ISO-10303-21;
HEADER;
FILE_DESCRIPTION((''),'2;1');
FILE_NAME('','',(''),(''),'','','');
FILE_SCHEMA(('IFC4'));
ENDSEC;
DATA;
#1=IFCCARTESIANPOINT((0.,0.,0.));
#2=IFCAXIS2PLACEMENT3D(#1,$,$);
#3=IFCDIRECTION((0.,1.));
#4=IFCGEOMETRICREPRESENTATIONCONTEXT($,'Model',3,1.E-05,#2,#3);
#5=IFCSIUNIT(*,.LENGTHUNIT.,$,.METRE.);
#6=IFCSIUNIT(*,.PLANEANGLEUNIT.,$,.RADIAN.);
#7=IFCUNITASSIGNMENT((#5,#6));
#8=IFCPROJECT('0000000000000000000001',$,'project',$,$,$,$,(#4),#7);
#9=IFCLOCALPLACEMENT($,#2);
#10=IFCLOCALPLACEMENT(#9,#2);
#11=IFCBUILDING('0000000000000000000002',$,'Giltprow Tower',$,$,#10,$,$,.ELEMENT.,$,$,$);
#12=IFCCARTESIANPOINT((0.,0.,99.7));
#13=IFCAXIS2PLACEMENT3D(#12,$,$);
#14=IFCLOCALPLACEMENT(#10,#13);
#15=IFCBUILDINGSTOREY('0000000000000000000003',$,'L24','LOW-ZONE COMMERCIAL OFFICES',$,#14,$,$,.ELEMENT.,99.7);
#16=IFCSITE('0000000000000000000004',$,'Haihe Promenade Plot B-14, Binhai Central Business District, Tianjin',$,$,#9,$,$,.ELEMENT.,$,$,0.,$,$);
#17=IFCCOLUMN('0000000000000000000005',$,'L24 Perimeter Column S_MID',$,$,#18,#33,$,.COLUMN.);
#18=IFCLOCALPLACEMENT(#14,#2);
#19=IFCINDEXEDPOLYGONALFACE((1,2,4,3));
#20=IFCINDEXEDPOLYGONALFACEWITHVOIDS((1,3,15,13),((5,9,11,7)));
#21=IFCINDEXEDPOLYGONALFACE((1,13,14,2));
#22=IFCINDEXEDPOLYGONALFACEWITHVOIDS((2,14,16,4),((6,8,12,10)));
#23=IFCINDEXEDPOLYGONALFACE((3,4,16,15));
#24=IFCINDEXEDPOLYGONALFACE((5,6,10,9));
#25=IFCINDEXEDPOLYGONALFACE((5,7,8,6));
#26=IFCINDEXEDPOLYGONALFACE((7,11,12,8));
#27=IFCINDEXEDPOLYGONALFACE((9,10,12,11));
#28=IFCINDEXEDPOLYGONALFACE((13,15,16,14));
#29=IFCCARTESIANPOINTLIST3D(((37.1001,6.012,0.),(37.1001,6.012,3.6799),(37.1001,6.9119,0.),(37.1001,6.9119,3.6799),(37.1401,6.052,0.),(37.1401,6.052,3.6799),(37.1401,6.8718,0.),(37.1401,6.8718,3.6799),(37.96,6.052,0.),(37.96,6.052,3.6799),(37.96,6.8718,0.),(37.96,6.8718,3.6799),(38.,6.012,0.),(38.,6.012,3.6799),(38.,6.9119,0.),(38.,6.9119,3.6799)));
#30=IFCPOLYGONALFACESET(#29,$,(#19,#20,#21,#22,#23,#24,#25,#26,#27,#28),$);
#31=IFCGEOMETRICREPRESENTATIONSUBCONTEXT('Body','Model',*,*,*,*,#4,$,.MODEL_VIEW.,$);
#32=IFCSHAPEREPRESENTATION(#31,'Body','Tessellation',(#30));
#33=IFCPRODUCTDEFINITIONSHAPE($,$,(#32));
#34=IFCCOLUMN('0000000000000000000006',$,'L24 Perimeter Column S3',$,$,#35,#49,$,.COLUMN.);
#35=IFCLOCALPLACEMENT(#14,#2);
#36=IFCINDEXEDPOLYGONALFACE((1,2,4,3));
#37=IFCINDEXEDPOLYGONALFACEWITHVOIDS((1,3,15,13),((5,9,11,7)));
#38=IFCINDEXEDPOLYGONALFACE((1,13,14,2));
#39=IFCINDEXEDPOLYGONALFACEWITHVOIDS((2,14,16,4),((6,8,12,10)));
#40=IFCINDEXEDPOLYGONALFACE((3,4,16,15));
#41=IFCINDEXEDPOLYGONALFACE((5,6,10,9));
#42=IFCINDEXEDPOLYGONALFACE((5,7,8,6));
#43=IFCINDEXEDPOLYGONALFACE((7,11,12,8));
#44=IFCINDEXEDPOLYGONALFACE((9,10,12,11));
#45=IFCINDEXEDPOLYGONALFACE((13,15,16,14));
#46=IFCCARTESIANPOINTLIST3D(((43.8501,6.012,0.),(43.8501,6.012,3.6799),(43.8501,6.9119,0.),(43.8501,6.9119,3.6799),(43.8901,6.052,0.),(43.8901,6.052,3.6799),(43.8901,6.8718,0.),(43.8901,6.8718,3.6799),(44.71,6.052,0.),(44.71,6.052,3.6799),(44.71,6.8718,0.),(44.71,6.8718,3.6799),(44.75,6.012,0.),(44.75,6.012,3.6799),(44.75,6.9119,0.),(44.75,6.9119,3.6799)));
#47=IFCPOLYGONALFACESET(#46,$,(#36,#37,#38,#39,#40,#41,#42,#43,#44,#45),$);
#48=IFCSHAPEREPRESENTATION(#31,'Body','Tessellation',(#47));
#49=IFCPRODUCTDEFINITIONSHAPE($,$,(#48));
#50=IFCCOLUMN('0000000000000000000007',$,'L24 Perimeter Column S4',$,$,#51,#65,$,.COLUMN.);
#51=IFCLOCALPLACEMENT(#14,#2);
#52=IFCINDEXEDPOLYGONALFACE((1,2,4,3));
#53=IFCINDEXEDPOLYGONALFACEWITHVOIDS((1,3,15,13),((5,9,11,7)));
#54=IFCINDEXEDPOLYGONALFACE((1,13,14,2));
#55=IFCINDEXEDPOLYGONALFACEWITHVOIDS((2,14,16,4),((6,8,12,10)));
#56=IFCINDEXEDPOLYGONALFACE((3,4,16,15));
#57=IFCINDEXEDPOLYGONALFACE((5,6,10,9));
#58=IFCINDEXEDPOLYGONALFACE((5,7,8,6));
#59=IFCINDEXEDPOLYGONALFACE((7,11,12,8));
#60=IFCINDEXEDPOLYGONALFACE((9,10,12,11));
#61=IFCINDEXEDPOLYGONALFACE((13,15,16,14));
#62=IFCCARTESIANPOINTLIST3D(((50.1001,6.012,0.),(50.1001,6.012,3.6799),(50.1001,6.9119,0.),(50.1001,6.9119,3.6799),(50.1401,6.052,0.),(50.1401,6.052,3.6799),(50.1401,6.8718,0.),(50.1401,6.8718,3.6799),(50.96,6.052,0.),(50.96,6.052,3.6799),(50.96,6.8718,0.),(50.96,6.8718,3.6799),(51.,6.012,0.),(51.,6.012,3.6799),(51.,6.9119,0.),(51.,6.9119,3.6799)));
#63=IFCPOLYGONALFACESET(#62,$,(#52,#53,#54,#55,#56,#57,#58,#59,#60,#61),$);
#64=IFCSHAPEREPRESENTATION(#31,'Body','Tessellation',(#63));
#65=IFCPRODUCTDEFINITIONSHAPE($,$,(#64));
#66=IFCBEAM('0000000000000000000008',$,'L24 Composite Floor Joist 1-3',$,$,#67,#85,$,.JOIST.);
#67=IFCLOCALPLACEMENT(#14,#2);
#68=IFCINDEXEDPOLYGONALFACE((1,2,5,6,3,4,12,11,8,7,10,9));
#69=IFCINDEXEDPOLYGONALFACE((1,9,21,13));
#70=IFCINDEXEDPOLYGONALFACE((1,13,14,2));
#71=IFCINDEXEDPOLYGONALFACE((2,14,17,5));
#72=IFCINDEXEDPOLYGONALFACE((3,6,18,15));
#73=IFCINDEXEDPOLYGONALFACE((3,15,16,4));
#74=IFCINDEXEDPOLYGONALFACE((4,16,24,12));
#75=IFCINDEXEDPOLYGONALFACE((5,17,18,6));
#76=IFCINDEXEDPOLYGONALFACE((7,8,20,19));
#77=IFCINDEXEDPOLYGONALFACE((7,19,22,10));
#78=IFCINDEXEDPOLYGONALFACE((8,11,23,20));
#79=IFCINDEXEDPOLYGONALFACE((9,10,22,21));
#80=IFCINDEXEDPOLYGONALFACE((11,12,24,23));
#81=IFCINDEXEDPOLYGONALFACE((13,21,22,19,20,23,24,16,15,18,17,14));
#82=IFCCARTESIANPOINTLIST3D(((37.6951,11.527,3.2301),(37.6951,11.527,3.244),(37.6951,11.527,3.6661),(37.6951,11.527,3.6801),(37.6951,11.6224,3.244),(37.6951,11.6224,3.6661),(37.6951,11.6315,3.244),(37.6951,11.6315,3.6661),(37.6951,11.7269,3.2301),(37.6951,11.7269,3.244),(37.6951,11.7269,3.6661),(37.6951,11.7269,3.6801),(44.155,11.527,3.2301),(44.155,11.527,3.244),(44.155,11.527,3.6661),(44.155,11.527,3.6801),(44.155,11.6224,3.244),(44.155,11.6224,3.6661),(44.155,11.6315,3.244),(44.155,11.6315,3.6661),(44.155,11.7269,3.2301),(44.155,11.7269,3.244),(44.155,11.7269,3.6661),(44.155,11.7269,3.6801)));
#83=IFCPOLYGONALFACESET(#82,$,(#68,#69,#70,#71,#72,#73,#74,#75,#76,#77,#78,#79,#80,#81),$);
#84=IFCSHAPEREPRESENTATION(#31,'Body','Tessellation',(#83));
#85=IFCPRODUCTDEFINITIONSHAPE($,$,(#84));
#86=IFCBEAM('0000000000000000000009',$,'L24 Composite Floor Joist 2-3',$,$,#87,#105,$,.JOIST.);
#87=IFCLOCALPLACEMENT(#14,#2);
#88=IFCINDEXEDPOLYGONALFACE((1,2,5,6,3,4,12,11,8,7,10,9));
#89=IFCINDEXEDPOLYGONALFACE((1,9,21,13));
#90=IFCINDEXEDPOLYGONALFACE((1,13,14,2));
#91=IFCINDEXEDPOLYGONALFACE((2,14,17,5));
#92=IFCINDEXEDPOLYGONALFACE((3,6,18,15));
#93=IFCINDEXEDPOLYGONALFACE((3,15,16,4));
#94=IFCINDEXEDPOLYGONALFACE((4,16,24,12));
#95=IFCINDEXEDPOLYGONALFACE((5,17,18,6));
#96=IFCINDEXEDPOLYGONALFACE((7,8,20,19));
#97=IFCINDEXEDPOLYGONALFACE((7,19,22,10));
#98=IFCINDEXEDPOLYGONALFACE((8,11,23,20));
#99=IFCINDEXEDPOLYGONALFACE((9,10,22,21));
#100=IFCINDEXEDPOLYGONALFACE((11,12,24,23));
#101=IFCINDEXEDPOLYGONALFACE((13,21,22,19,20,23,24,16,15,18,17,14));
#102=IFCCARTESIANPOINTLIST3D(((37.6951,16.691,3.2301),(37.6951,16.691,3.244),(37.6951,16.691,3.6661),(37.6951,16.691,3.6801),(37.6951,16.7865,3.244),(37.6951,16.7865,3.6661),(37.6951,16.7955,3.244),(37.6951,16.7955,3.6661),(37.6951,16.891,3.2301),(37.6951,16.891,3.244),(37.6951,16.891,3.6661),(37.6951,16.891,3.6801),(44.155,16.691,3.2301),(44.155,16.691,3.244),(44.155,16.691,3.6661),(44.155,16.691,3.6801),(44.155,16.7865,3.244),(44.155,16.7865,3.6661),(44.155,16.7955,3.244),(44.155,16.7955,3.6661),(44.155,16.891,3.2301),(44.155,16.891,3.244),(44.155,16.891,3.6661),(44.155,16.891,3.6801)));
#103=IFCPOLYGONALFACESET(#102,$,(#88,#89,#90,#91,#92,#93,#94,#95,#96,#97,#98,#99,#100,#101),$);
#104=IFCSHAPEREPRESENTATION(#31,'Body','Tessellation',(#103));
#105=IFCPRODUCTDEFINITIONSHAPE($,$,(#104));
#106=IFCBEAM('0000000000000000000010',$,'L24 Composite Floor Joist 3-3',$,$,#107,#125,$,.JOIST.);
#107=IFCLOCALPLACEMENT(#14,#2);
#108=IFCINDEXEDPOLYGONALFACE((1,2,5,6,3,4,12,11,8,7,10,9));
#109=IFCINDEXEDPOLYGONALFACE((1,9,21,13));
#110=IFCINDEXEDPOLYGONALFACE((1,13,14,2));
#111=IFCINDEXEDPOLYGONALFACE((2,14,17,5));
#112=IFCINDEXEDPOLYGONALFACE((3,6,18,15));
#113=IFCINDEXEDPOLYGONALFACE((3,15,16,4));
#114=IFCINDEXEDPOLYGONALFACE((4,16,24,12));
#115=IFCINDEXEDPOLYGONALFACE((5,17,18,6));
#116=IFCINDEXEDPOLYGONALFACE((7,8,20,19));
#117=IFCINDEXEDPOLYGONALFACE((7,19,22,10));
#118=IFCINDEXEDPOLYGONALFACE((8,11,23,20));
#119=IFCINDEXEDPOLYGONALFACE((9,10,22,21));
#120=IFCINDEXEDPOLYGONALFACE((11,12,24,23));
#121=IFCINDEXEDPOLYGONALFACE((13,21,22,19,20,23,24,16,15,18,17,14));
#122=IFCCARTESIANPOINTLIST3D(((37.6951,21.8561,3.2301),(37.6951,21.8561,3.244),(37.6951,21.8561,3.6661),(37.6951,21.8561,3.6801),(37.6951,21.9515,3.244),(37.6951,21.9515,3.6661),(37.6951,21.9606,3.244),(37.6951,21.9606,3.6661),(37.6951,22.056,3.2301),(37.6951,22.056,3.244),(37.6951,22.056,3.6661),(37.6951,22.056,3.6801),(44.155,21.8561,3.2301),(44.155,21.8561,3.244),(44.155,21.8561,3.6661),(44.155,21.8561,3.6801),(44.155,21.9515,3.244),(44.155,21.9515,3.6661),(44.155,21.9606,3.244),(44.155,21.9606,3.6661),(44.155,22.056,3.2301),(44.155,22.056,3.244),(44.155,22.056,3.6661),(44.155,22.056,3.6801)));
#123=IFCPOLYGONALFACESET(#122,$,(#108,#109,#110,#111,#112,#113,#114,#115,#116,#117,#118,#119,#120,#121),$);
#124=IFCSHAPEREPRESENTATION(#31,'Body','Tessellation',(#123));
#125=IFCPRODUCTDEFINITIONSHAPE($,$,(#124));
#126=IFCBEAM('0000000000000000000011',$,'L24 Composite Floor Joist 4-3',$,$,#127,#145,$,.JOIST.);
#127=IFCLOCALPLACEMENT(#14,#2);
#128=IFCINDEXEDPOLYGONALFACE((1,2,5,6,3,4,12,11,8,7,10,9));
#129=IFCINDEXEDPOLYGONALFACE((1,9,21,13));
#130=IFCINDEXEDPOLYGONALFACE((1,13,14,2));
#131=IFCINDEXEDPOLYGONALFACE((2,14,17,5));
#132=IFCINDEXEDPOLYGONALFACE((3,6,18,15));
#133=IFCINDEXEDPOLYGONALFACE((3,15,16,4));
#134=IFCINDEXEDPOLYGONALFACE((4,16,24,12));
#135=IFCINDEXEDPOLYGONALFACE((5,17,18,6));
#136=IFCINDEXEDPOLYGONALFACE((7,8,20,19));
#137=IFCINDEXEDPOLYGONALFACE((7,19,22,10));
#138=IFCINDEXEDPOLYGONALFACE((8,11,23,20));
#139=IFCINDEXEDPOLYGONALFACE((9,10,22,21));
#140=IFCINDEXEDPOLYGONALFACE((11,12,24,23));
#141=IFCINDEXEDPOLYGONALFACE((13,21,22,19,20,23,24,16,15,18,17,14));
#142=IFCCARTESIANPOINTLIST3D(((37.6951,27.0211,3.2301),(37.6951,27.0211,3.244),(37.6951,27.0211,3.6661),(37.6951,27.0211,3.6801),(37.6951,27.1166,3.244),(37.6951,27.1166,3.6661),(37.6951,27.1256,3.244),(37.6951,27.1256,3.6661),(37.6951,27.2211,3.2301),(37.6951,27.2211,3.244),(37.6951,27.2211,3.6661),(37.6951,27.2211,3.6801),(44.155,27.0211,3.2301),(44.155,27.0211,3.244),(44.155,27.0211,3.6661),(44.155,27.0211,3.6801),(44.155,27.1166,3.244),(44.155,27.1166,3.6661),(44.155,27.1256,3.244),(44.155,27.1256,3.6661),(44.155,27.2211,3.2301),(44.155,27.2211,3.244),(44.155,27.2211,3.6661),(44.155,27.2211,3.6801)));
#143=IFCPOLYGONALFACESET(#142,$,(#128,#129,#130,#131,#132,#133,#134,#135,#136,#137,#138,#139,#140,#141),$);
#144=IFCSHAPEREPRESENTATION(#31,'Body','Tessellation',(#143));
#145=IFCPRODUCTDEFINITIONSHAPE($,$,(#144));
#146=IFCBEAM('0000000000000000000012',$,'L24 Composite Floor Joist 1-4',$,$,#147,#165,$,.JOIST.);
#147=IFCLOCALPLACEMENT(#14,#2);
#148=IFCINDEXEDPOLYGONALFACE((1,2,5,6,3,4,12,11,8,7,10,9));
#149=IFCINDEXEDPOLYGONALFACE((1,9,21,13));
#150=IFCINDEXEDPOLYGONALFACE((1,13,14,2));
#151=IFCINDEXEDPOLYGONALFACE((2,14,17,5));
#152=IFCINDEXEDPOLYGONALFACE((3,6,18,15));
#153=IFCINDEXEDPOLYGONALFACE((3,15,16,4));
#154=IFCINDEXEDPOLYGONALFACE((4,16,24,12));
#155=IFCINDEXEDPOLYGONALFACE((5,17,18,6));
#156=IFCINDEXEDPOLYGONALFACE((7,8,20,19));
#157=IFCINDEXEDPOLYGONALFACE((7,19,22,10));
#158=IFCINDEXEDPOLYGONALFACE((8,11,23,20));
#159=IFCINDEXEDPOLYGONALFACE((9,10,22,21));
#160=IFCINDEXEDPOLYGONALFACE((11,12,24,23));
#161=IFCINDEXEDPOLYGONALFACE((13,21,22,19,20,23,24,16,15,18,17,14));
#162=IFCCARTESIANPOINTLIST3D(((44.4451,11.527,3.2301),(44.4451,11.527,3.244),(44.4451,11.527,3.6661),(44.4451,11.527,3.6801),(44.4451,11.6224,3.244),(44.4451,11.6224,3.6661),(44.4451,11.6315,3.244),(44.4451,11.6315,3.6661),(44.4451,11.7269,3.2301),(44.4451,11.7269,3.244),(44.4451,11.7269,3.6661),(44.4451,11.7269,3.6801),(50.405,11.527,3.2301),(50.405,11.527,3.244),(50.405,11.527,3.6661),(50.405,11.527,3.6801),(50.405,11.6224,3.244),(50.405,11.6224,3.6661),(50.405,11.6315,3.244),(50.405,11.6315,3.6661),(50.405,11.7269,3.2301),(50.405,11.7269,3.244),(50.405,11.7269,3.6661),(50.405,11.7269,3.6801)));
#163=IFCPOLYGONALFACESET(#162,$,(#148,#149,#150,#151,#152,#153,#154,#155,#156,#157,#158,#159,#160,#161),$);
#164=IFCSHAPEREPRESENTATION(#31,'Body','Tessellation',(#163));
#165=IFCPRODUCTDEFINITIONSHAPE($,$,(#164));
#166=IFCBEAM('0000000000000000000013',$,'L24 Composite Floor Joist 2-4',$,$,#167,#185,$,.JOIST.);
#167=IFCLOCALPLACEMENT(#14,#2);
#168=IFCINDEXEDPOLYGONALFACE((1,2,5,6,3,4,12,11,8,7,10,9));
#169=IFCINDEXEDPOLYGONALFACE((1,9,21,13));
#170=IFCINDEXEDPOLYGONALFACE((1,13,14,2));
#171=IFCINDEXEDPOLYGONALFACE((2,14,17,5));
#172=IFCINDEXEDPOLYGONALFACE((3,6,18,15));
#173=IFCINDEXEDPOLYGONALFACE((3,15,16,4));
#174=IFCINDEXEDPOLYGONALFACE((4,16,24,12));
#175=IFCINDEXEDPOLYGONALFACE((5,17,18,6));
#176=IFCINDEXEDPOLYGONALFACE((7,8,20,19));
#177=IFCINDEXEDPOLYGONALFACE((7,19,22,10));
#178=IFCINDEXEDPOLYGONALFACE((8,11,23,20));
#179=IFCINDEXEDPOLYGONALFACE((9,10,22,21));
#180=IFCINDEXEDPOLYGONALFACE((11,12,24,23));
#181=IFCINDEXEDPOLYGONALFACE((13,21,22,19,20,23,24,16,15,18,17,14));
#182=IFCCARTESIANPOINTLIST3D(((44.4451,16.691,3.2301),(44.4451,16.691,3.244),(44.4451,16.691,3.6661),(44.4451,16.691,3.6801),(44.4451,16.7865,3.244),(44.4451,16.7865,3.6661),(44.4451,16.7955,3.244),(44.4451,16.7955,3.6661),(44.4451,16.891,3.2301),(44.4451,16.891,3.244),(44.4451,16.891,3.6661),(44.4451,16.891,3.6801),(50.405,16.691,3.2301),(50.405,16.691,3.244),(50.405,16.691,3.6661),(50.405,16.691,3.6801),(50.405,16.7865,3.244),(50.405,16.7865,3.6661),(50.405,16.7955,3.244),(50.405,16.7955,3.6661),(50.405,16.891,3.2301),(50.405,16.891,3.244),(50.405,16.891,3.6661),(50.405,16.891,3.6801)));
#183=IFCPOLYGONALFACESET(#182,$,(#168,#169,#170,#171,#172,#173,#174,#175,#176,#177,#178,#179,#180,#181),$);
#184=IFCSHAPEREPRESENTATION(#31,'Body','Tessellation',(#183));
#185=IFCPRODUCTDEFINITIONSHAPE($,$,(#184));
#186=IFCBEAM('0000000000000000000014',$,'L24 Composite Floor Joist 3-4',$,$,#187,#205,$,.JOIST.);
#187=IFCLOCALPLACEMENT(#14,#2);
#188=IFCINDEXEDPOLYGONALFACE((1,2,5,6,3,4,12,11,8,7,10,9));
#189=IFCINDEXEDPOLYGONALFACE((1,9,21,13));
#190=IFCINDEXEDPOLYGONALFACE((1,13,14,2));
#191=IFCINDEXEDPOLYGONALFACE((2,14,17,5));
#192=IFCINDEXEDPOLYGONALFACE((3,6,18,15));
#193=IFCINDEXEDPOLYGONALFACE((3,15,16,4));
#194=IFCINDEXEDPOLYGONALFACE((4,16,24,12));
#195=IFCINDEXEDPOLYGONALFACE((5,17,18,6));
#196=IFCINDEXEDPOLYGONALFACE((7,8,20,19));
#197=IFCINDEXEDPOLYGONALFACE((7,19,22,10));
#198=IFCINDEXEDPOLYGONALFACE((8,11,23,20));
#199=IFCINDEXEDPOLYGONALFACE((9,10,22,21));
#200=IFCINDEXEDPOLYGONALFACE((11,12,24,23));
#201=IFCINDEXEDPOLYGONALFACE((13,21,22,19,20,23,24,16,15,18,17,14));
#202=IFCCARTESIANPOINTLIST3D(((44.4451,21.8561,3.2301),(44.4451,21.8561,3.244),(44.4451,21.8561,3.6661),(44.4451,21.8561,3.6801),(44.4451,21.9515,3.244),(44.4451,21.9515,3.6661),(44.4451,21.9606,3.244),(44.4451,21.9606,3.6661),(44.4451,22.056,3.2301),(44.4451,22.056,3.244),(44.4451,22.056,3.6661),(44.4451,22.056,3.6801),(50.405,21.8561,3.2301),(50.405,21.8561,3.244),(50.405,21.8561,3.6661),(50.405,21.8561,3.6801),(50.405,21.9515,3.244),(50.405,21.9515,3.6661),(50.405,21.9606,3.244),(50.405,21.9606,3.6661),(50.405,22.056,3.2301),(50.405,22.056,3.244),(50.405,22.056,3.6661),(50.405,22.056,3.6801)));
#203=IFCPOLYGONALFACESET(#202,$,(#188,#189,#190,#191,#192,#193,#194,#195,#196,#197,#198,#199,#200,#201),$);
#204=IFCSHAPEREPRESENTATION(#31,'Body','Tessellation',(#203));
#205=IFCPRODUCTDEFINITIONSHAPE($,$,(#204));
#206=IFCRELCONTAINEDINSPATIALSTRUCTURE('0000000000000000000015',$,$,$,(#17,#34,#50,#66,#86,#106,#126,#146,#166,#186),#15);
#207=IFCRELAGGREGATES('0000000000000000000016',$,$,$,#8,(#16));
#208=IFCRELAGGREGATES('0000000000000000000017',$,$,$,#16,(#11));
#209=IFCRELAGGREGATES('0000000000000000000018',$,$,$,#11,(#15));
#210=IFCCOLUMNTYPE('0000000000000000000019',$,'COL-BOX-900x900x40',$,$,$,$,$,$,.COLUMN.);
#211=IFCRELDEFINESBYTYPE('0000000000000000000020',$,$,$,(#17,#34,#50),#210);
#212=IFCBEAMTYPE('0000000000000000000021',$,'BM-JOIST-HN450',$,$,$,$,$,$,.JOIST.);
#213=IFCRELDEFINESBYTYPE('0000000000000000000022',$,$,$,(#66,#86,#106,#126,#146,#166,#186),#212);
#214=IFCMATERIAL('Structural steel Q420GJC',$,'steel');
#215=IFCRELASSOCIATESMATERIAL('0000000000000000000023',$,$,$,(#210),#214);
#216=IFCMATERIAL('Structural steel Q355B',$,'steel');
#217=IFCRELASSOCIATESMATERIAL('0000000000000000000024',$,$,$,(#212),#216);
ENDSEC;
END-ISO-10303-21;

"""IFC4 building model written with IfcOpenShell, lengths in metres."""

from ifc_helpers import new_model, si_unit, direction, frame, origin, origin_2d, place, context, subcontext, project, spatial, hollow_rectangle, i_section, extrude, source, transform, mapped, material, material_profile, profile_set, type_object, element, save


model = new_model("IFC4")

# Units and contexts
model_context = context("Model", 3, precision=1e-05, world=origin(), true_north=direction((0.0, 1.0)))
body_context = subcontext(model_context, "Body", "Model", "MODEL_VIEW")
ifc_project = project(units=[si_unit("LENGTHUNIT", "METRE"), si_unit("PLANEANGLEUNIT", "RADIAN")], contexts=[model_context])

# Site, building, storey
site_placement = place(None, origin())
site = spatial("IfcSite", under=ifc_project, at=site_placement, Name="Haihe Promenade Plot B-14, Binhai Central Business District, Tianjin", CompositionType="ELEMENT", RefElevation=0.0)
building_placement = place(site_placement, origin())
building = spatial("IfcBuilding", under=site, at=building_placement, Name="Giltprow Tower", CompositionType="ELEMENT")
storey_placement = place(building_placement, frame((0.0, 0.0, 99.7)))
storey = spatial("IfcBuildingStorey", under=building, at=storey_placement, Name="L24", Description="LOW-ZONE COMMERCIAL OFFICES", CompositionType="ELEMENT", Elevation=99.7)

# Columns
ifc_material_1 = material(Name="Structural steel Q420GJC", Category="steel")
ifc_material_profile_1 = material_profile(ifc_material_1, hollow_rectangle(XDim=0.8999, YDim=0.8999, WallThickness=0.04, at=origin_2d()), Name="BOX 900x900x40")
ifc_profile_set_1 = profile_set([ifc_material_profile_1], Name="Structural steel Q420GJC")
column_type = type_object("IfcColumnType", Name="COL-BOX-900x900x40", PredefinedType="COLUMN", material=ifc_profile_set_1)
shared_shape_1 = source(origin(), body_context, "Body", "SweptSolid", [
    extrude(hollow_rectangle(XDim=0.8999, YDim=0.8999, WallThickness=0.04, at=origin_2d()), origin(), (0.0, 0.0, 1.0), 3.6799),
])
for number, where, z_axis, x_axis, name in (
    (1, (37.55, 6.4619, 0.0), (0.0, 0.0, 1.0), (1.0, 0.0, 0.0), "L24 Perimeter Column S_MID"),
    (2, (44.3, 6.4619, 0.0), (0.0, 0.0, 1.0), (1.0, 0.0, 0.0), "L24 Perimeter Column S3"),
    (3, (50.55, 6.4619, 0.0), (0.0, 0.0, 1.0), (1.0, 0.0, 0.0), "L24 Perimeter Column S4"),
):
    element("IfcColumn", number, at=place(storey_placement, frame(where, z_axis=z_axis, x_axis=x_axis)), inside=storey, type_object=column_type, Name=name, PredefinedType="COLUMN", context=body_context, shape_type="MappedRepresentation", body=[
        mapped(shared_shape_1, transform((0.0, 0.0, 0.0), x_axis=(1.0, 0.0, 0.0), y_axis=(0.0, 1.0, 0.0), z_axis=(0.0, 0.0, 1.0), scale=1.0)),
    ])

# Beams
ifc_material_2 = material(Name="Structural steel Q355B", Category="steel")
ifc_material_profile_2 = material_profile(ifc_material_2, i_section(OverallWidth=0.2, OverallDepth=0.45, WebThickness=0.009, FlangeThickness=0.0139, at=origin_2d()), Name="HN 450x200x9x14")
ifc_profile_set_2 = profile_set([ifc_material_profile_2], Name="Structural steel Q355B")
beam_type_1 = type_object("IfcBeamType", Name="BM-JOIST-HN450", PredefinedType="JOIST", material=ifc_profile_set_2)
shared_shape_2 = source(origin(), body_context, "Body", "SweptSolid", [
    extrude(i_section(OverallWidth=0.2, OverallDepth=0.45, WebThickness=0.009, FlangeThickness=0.0139, at=origin_2d()), origin(), (0.0, 0.0, 1.0), 6.46),
])
for number, where, z_axis, x_axis, name in (
    (4, (37.6951, 11.627, 3.4551), (1.0, 0.0, 0.0), (0.0, 1.0, 0.0), "L24 Composite Floor Joist 1-3"),
    (5, (37.6951, 16.791, 3.4551), (1.0, 0.0, 0.0), (0.0, 1.0, 0.0), "L24 Composite Floor Joist 2-3"),
    (6, (37.6951, 21.9561, 3.4551), (1.0, 0.0, 0.0), (0.0, 1.0, 0.0), "L24 Composite Floor Joist 3-3"),
    (7, (37.6951, 27.1211, 3.4551), (1.0, 0.0, 0.0), (0.0, 1.0, 0.0), "L24 Composite Floor Joist 4-3"),
):
    element("IfcBeam", number, at=place(storey_placement, frame(where, z_axis=z_axis, x_axis=x_axis)), inside=storey, type_object=beam_type_1, Name=name, PredefinedType="JOIST", context=body_context, shape_type="MappedRepresentation", body=[
        mapped(shared_shape_2, transform((0.0, 0.0, 0.0), x_axis=(1.0, 0.0, 0.0), y_axis=(0.0, 1.0, 0.0), z_axis=(0.0, 0.0, 1.0), scale=1.0)),
    ])
shared_shape_3 = source(origin(), body_context, "Body", "SweptSolid", [
    extrude(i_section(OverallWidth=0.2, OverallDepth=0.45, WebThickness=0.009, FlangeThickness=0.0139, at=origin_2d()), origin(), (0.0, 0.0, 1.0), 5.96),
])
for number, where, z_axis, x_axis, name in (
    (8, (44.4451, 11.627, 3.4551), (1.0, 0.0, 0.0), (0.0, 1.0, 0.0), "L24 Composite Floor Joist 1-4"),
    (9, (44.4451, 16.791, 3.4551), (1.0, 0.0, 0.0), (0.0, 1.0, 0.0), "L24 Composite Floor Joist 2-4"),
    (10, (44.4451, 21.9561, 3.4551), (1.0, 0.0, 0.0), (0.0, 1.0, 0.0), "L24 Composite Floor Joist 3-4"),
):
    element("IfcBeam", number, at=place(storey_placement, frame(where, z_axis=z_axis, x_axis=x_axis)), inside=storey, type_object=beam_type_1, Name=name, PredefinedType="JOIST", context=body_context, shape_type="MappedRepresentation", body=[
        mapped(shared_shape_3, transform((0.0, 0.0, 0.0), x_axis=(1.0, 0.0, 0.0), y_axis=(0.0, 1.0, 0.0), z_axis=(0.0, 0.0, 1.0), scale=1.0)),
    ])

save(model, "model.ifc")
